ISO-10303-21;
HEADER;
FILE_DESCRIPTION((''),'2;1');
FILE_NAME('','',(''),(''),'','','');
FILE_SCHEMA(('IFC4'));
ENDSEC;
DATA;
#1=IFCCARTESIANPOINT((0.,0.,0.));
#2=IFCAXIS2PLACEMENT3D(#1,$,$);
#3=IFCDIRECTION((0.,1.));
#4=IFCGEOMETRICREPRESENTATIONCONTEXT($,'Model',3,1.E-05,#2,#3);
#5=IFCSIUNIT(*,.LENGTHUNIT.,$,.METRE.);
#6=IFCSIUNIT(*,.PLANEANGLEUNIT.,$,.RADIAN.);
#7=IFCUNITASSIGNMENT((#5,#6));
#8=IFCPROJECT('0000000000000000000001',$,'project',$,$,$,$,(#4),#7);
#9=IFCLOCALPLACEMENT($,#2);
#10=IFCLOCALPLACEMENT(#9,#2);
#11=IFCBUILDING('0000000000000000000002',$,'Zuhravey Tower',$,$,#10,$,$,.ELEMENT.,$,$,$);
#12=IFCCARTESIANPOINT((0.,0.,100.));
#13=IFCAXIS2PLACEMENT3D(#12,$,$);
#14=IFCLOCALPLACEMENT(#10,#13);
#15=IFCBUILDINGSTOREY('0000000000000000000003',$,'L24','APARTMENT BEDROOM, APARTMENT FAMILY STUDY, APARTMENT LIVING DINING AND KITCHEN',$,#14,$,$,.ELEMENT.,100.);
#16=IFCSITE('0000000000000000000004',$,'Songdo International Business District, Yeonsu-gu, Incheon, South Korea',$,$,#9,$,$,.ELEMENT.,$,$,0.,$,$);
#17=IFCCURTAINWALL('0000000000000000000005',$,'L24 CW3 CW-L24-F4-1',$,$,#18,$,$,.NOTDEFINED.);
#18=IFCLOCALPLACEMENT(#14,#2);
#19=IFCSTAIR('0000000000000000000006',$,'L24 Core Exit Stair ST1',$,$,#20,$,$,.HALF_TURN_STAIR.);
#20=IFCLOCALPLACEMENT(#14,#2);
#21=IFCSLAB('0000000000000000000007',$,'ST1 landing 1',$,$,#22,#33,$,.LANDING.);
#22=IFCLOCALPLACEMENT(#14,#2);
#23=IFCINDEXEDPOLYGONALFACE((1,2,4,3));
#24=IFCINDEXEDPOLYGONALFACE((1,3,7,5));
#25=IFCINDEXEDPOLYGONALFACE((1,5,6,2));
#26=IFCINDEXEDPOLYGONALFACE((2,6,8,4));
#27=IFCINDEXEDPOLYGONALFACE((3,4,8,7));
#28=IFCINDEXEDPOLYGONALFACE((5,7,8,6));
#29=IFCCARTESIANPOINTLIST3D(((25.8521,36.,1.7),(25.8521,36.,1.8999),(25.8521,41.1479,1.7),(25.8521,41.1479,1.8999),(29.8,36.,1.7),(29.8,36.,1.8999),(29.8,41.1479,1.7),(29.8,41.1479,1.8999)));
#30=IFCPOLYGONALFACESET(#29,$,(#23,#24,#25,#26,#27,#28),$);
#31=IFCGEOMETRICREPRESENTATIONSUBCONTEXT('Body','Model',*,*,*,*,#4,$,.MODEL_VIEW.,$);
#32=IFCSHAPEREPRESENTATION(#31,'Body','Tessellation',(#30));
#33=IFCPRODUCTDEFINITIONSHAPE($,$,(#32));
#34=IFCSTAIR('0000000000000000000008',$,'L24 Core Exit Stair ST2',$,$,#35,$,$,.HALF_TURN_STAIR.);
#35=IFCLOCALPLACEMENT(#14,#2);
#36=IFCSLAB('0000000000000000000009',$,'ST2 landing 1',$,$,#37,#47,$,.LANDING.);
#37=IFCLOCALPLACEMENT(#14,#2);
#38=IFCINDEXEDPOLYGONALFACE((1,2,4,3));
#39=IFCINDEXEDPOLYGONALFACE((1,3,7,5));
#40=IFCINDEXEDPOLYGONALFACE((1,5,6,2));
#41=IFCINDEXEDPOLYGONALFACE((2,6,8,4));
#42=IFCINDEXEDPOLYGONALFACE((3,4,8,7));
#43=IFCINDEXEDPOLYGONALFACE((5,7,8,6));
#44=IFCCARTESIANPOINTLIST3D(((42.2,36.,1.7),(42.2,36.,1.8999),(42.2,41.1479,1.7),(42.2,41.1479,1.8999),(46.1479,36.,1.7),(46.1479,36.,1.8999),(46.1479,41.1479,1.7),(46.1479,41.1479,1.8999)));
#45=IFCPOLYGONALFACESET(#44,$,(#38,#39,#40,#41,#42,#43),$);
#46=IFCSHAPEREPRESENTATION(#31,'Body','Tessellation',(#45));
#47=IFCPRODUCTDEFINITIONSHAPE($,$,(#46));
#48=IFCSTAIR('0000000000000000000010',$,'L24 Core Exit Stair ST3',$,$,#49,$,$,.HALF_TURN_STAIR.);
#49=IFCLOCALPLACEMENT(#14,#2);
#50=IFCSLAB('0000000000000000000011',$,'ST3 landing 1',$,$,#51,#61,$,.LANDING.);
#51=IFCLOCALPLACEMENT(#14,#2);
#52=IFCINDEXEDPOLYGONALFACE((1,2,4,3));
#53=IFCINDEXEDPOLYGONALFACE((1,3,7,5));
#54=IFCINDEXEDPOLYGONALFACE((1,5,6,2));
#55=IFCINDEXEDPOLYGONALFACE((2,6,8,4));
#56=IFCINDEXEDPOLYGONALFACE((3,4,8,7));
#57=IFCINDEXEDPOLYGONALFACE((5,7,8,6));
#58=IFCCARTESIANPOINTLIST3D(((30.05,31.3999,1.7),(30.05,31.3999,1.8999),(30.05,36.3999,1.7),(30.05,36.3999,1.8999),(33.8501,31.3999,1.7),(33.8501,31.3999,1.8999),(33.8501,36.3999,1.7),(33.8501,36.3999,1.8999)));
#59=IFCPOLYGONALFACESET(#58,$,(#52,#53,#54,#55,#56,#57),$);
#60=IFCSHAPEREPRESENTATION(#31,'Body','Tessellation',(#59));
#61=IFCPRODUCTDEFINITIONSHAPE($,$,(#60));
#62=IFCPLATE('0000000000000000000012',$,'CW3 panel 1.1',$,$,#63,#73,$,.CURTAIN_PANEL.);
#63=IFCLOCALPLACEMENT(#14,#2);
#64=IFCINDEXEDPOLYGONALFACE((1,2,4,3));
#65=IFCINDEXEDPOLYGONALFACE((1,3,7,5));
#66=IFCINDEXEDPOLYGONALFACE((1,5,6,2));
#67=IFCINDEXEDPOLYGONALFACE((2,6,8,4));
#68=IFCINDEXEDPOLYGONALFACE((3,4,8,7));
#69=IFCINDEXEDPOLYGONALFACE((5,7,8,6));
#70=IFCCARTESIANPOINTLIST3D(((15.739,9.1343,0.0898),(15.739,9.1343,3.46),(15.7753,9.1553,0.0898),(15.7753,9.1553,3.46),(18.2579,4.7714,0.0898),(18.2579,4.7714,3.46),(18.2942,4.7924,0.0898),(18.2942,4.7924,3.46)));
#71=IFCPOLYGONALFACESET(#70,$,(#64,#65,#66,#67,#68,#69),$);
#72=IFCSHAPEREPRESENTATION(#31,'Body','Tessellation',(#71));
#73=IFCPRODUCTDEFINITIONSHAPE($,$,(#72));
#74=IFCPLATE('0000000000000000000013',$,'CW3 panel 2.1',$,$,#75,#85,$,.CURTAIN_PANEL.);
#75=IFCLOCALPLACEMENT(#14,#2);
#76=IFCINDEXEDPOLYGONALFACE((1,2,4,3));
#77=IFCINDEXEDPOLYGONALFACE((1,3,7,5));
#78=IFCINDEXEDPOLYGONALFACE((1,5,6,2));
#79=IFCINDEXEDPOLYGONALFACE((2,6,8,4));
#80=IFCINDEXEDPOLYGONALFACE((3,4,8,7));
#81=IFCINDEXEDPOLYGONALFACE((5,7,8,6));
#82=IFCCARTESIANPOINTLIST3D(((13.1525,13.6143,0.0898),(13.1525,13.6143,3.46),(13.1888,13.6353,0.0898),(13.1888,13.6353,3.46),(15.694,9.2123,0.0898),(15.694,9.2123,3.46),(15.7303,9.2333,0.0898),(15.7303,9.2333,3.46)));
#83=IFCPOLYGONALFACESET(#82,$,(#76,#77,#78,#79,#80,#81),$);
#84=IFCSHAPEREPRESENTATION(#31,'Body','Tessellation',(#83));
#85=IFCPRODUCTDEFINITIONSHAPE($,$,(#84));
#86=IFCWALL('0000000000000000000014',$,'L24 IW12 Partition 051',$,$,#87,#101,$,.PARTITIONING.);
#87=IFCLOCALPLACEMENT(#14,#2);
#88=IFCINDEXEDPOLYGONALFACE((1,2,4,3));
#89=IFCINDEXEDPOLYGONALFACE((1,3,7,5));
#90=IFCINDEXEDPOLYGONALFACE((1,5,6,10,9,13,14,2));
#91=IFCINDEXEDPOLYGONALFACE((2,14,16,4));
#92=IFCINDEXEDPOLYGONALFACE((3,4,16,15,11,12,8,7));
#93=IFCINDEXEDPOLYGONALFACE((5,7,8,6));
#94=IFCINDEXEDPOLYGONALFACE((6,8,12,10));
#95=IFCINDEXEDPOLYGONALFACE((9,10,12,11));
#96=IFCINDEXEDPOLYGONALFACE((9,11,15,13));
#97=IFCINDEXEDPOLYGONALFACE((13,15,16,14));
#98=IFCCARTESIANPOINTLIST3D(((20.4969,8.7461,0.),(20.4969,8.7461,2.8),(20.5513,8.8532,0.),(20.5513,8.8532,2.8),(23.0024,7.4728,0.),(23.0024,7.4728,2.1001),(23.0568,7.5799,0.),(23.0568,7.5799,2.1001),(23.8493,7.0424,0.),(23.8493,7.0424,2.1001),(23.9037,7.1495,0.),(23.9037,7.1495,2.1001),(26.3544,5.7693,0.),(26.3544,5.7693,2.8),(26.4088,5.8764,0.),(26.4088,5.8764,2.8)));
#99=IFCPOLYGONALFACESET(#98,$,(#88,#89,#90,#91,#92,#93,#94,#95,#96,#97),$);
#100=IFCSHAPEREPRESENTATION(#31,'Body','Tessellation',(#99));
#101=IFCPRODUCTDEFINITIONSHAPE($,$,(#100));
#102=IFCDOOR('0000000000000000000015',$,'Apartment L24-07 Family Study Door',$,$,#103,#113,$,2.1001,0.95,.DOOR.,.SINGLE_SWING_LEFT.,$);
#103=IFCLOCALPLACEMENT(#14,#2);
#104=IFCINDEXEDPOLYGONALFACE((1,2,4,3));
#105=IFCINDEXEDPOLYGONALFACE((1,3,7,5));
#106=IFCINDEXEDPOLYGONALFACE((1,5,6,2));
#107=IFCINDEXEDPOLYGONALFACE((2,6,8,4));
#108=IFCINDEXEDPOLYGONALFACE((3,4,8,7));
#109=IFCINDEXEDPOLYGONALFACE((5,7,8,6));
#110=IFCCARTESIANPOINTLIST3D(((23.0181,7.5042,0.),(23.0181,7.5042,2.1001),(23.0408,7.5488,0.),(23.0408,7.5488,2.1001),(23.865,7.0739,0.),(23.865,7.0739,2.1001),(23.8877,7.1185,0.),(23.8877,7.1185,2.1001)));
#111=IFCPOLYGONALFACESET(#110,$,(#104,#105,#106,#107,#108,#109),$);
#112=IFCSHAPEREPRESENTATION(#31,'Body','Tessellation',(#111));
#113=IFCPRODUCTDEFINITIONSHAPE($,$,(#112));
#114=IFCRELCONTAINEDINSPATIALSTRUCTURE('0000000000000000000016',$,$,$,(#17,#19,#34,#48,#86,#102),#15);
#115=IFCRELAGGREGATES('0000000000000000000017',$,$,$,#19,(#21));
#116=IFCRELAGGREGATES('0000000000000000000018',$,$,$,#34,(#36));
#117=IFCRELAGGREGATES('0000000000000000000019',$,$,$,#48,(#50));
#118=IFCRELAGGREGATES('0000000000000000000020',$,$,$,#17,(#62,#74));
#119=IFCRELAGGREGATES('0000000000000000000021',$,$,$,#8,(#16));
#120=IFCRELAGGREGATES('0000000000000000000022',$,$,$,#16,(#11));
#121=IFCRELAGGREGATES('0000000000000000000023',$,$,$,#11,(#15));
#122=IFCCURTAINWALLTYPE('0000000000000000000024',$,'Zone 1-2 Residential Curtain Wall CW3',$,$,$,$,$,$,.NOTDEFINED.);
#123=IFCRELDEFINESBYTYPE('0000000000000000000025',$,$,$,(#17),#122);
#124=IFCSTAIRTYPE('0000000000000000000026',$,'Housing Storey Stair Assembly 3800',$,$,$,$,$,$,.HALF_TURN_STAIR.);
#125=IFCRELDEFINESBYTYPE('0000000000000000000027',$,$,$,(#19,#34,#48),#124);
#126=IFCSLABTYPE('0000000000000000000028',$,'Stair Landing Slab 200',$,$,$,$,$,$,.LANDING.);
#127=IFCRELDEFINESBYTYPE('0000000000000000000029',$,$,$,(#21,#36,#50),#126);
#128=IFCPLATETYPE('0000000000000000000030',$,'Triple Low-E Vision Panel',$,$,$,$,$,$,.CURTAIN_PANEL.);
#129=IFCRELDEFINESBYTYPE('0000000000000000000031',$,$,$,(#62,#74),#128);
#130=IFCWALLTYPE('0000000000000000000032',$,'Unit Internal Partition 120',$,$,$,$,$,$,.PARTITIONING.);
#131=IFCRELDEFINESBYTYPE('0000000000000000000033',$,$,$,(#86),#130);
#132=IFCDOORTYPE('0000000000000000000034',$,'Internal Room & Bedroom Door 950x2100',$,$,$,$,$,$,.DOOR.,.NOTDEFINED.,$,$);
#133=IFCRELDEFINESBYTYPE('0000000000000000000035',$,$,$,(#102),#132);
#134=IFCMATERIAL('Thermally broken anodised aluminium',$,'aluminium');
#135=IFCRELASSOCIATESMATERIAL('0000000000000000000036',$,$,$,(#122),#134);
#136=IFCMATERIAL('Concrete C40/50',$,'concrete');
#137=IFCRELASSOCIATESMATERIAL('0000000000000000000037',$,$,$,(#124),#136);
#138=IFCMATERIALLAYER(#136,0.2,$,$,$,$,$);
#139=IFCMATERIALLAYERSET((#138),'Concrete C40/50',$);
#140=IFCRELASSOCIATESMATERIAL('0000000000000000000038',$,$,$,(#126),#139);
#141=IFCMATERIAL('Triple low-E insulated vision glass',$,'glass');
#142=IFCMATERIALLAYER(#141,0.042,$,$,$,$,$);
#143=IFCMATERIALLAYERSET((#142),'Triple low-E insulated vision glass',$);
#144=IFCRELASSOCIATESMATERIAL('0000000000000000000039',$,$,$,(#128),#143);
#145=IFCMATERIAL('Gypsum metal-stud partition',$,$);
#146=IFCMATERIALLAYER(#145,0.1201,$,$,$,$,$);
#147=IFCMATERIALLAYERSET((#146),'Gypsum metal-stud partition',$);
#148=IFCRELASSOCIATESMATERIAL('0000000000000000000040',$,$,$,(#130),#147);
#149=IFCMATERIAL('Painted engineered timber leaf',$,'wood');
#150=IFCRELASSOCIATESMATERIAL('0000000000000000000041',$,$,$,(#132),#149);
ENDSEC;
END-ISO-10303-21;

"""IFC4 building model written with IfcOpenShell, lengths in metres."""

from ifc_helpers import new_model, si_unit, direction, frame, frame_2d, origin, origin_2d, place, context, subcontext, project, spatial, polyline, rectangle, outline, extrude, material, layer, layer_set, type_object, element, fill, aggregate, save


model = new_model("IFC4")

# Units and contexts
model_context = context("Model", 3, precision=1e-05, world=origin(), true_north=direction((0.0, 1.0)))
body_context = subcontext(model_context, "Body", "Model", "MODEL_VIEW")
ifc_project = project(units=[si_unit("LENGTHUNIT", "METRE"), si_unit("PLANEANGLEUNIT", "RADIAN")], contexts=[model_context])

# Site, building, storey
site_placement = place(None, origin())
site = spatial("IfcSite", under=ifc_project, at=site_placement, Name="Songdo International Business District, Yeonsu-gu, Incheon, South Korea", CompositionType="ELEMENT", RefElevation=0.0)
building_placement = place(site_placement, origin())
building = spatial("IfcBuilding", under=site, at=building_placement, Name="Zuhravey Tower", CompositionType="ELEMENT")
storey_placement = place(building_placement, frame((0.0, 0.0, 100.0)))
storey = spatial("IfcBuildingStorey", under=building, at=storey_placement, Name="L24", Description="APARTMENT BEDROOM, APARTMENT FAMILY STUDY, APARTMENT LIVING DINING AND KITCHEN", CompositionType="ELEMENT", Elevation=100.0)

# Curtain wall
ifc_material_1 = material(Name="Thermally broken anodised aluminium", Category="aluminium")
curtain_wall_type = type_object("IfcCurtainWallType", Name="Zone 1-2 Residential Curtain Wall CW3", PredefinedType="NOTDEFINED", material=ifc_material_1)
curtain_wall_placement = place(storey_placement, origin())
curtain_wall = element("IfcCurtainWall", 1, at=curtain_wall_placement, inside=storey, type_object=curtain_wall_type, Name="L24 CW3 CW-L24-F4-1", PredefinedType="NOTDEFINED")

# Shared definitions
ifc_material_2 = material(Name="Concrete C40/50", Category="concrete")

# Stairs, slabs
stair_type = type_object("IfcStairType", Name="Housing Storey Stair Assembly 3800", PredefinedType="HALF_TURN_STAIR", material=ifc_material_2)
stair_1_placement = place(storey_placement, origin())
stair_1 = element("IfcStair", 2, at=stair_1_placement, inside=storey, type_object=stair_type, Name="L24 Core Exit Stair ST1", PredefinedType="HALF_TURN_STAIR")
ifc_layer_1 = layer(ifc_material_2, 0.2)
ifc_layer_set_1 = layer_set([ifc_layer_1], Name="Concrete C40/50")
slab_type_1 = type_object("IfcSlabType", Name="Stair Landing Slab 200", PredefinedType="LANDING", material=ifc_layer_set_1)
slab_1_placement = place(storey_placement, frame((0.0, 0.0, 1.7)))
slab_1 = element("IfcSlab", 3, at=slab_1_placement, type_object=slab_type_1, Name="ST1 landing 1", PredefinedType="LANDING", context=body_context, shape_type="SweptSolid", body=[
    extrude(outline(polyline([(29.8, 36.0), (29.8, 41.1479), (25.8521, 41.1479), (25.8521, 36.0), (29.8, 36.0)])), origin(), (0.0, 0.0, 1.0), 0.2),
])
aggregate(stair_1, [slab_1])
stair_2_placement = place(storey_placement, origin())
stair_2 = element("IfcStair", 4, at=stair_2_placement, inside=storey, type_object=stair_type, Name="L24 Core Exit Stair ST2", PredefinedType="HALF_TURN_STAIR")
slab_2_placement = place(storey_placement, frame((0.0, 0.0, 1.7)))
slab_2 = element("IfcSlab", 5, at=slab_2_placement, type_object=slab_type_1, Name="ST2 landing 1", PredefinedType="LANDING", context=body_context, shape_type="SweptSolid", body=[
    extrude(outline(polyline([(46.1479, 36.0), (46.1479, 41.1479), (42.2, 41.1479), (42.2, 36.0), (46.1479, 36.0)])), origin(), (0.0, 0.0, 1.0), 0.2),
])
aggregate(stair_2, [slab_2])
stair_3_placement = place(storey_placement, origin())
stair_3 = element("IfcStair", 6, at=stair_3_placement, inside=storey, type_object=stair_type, Name="L24 Core Exit Stair ST3", PredefinedType="HALF_TURN_STAIR")
slab_3_placement = place(storey_placement, frame((0.0, 0.0, 1.7)))
slab_3 = element("IfcSlab", 7, at=slab_3_placement, type_object=slab_type_1, Name="ST3 landing 1", PredefinedType="LANDING", context=body_context, shape_type="SweptSolid", body=[
    extrude(outline(polyline([(30.05, 36.3999), (30.05, 31.3999), (33.8501, 31.3999), (33.8501, 36.3999), (30.05, 36.3999)])), origin(), (0.0, 0.0, 1.0), 0.2),
])
aggregate(stair_3, [slab_3])

# Plates
ifc_material_3 = material(Name="Triple low-E insulated vision glass", Category="glass")
ifc_layer_2 = layer(ifc_material_3, 0.042)
ifc_layer_set_2 = layer_set([ifc_layer_2], Name="Triple low-E insulated vision glass")
plate_type_1 = type_object("IfcPlateType", Name="Triple Low-E Vision Panel", PredefinedType="CURTAIN_PANEL", material=ifc_layer_set_2)
plate_1_placement = place(storey_placement, frame((17.0166, 6.9634, 0.0898), z_axis=(0.0, 0.0, 1.0), x_axis=(-0.499999, 0.866026, 0.0)))
plate_1 = element("IfcPlate", 8, at=plate_1_placement, type_object=plate_type_1, Name="CW3 panel 1.1", PredefinedType="CURTAIN_PANEL", context=body_context, shape_type="SweptSolid", body=[
    extrude(rectangle(XDim=5.0378, YDim=0.042, at=origin_2d()), origin(), (0.0, 0.0, 1.0), 3.3701),
])
plate_2_placement = place(storey_placement, frame((14.4414, 11.4238, 0.0898), z_axis=(0.0, 0.0, 1.0), x_axis=(-0.499999, 0.866026, 0.0)))
plate_2 = element("IfcPlate", 9, at=plate_2_placement, type_object=plate_type_1, Name="CW3 panel 2.1", PredefinedType="CURTAIN_PANEL", context=body_context, shape_type="SweptSolid", body=[
    extrude(rectangle(XDim=5.083, YDim=0.042, at=origin_2d()), origin(), (0.0, 0.0, 1.0), 3.3701),
])
aggregate(curtain_wall, [plate_1, plate_2])

# Wall, opening, door
ifc_material_4 = material(Name="Gypsum metal-stud partition")
ifc_layer_3 = layer(ifc_material_4, 0.1201)
ifc_layer_set_3 = layer_set([ifc_layer_3], Name="Gypsum metal-stud partition")
wall_type = type_object("IfcWallType", Name="Unit Internal Partition 120", PredefinedType="PARTITIONING", material=ifc_layer_set_3)
wall_placement = place(storey_placement, frame((20.5242, 8.7996, 0.0), z_axis=(0.0, 0.0, 1.0), x_axis=(0.891488, -0.453045, 0.0)))
wall = element("IfcWall", 10, at=wall_placement, inside=storey, type_object=wall_type, Name="L24 IW12 Partition 051", PredefinedType="PARTITIONING", context=body_context, shape_type="SweptSolid", body=[
    extrude(rectangle(XDim=6.5706, YDim=0.1201, at=frame_2d((3.2852, 0.0))), origin(), (0.0, 0.0, 1.0), 2.8),
])
opening_placement = place(wall_placement, frame((2.8103, 0.0, 0.0)))
opening = element("IfcOpeningElement", 11, at=opening_placement, cuts=wall, PredefinedType="OPENING", context=body_context, shape_type="SweptSolid", body=[
    extrude(rectangle(XDim=0.95, YDim=2.1001, at=frame_2d((0.4751, 1.05))), frame((0.0, 0.072, 0.0), z_axis=(0.0, -1.0, 0.0), x_axis=(1.0, 0.0, 0.0)), (0.0, 0.0, 1.0), 0.144),
])
ifc_material_5 = material(Name="Painted engineered timber leaf", Category="wood")
door_type = type_object("IfcDoorType", Name="Internal Room & Bedroom Door 950x2100", OperationType="NOTDEFINED", PredefinedType="DOOR", material=ifc_material_5)
door_placement = place(opening_placement, frame((0.95, 0.0, 0.0), z_axis=(0.0, 0.0, 1.0), x_axis=(-1.0, 0.0, 0.0)))
door = element("IfcDoor", 12, at=door_placement, inside=storey, type_object=door_type, Name="Apartment L24-07 Family Study Door", OperationType="SINGLE_SWING_LEFT", OverallHeight=2.1001, OverallWidth=0.95, PredefinedType="DOOR", context=body_context, shape_type="SweptSolid", body=[
    extrude(rectangle(XDim=0.95, YDim=2.1001, at=frame_2d((0.4751, 1.05))), frame((0.0, 0.0249, 0.0), z_axis=(0.0, -1.0, 0.0), x_axis=(1.0, 0.0, 0.0)), (0.0, 0.0, 1.0), 0.05),
])
fill(opening, door)

save(model, "model.ifc")
